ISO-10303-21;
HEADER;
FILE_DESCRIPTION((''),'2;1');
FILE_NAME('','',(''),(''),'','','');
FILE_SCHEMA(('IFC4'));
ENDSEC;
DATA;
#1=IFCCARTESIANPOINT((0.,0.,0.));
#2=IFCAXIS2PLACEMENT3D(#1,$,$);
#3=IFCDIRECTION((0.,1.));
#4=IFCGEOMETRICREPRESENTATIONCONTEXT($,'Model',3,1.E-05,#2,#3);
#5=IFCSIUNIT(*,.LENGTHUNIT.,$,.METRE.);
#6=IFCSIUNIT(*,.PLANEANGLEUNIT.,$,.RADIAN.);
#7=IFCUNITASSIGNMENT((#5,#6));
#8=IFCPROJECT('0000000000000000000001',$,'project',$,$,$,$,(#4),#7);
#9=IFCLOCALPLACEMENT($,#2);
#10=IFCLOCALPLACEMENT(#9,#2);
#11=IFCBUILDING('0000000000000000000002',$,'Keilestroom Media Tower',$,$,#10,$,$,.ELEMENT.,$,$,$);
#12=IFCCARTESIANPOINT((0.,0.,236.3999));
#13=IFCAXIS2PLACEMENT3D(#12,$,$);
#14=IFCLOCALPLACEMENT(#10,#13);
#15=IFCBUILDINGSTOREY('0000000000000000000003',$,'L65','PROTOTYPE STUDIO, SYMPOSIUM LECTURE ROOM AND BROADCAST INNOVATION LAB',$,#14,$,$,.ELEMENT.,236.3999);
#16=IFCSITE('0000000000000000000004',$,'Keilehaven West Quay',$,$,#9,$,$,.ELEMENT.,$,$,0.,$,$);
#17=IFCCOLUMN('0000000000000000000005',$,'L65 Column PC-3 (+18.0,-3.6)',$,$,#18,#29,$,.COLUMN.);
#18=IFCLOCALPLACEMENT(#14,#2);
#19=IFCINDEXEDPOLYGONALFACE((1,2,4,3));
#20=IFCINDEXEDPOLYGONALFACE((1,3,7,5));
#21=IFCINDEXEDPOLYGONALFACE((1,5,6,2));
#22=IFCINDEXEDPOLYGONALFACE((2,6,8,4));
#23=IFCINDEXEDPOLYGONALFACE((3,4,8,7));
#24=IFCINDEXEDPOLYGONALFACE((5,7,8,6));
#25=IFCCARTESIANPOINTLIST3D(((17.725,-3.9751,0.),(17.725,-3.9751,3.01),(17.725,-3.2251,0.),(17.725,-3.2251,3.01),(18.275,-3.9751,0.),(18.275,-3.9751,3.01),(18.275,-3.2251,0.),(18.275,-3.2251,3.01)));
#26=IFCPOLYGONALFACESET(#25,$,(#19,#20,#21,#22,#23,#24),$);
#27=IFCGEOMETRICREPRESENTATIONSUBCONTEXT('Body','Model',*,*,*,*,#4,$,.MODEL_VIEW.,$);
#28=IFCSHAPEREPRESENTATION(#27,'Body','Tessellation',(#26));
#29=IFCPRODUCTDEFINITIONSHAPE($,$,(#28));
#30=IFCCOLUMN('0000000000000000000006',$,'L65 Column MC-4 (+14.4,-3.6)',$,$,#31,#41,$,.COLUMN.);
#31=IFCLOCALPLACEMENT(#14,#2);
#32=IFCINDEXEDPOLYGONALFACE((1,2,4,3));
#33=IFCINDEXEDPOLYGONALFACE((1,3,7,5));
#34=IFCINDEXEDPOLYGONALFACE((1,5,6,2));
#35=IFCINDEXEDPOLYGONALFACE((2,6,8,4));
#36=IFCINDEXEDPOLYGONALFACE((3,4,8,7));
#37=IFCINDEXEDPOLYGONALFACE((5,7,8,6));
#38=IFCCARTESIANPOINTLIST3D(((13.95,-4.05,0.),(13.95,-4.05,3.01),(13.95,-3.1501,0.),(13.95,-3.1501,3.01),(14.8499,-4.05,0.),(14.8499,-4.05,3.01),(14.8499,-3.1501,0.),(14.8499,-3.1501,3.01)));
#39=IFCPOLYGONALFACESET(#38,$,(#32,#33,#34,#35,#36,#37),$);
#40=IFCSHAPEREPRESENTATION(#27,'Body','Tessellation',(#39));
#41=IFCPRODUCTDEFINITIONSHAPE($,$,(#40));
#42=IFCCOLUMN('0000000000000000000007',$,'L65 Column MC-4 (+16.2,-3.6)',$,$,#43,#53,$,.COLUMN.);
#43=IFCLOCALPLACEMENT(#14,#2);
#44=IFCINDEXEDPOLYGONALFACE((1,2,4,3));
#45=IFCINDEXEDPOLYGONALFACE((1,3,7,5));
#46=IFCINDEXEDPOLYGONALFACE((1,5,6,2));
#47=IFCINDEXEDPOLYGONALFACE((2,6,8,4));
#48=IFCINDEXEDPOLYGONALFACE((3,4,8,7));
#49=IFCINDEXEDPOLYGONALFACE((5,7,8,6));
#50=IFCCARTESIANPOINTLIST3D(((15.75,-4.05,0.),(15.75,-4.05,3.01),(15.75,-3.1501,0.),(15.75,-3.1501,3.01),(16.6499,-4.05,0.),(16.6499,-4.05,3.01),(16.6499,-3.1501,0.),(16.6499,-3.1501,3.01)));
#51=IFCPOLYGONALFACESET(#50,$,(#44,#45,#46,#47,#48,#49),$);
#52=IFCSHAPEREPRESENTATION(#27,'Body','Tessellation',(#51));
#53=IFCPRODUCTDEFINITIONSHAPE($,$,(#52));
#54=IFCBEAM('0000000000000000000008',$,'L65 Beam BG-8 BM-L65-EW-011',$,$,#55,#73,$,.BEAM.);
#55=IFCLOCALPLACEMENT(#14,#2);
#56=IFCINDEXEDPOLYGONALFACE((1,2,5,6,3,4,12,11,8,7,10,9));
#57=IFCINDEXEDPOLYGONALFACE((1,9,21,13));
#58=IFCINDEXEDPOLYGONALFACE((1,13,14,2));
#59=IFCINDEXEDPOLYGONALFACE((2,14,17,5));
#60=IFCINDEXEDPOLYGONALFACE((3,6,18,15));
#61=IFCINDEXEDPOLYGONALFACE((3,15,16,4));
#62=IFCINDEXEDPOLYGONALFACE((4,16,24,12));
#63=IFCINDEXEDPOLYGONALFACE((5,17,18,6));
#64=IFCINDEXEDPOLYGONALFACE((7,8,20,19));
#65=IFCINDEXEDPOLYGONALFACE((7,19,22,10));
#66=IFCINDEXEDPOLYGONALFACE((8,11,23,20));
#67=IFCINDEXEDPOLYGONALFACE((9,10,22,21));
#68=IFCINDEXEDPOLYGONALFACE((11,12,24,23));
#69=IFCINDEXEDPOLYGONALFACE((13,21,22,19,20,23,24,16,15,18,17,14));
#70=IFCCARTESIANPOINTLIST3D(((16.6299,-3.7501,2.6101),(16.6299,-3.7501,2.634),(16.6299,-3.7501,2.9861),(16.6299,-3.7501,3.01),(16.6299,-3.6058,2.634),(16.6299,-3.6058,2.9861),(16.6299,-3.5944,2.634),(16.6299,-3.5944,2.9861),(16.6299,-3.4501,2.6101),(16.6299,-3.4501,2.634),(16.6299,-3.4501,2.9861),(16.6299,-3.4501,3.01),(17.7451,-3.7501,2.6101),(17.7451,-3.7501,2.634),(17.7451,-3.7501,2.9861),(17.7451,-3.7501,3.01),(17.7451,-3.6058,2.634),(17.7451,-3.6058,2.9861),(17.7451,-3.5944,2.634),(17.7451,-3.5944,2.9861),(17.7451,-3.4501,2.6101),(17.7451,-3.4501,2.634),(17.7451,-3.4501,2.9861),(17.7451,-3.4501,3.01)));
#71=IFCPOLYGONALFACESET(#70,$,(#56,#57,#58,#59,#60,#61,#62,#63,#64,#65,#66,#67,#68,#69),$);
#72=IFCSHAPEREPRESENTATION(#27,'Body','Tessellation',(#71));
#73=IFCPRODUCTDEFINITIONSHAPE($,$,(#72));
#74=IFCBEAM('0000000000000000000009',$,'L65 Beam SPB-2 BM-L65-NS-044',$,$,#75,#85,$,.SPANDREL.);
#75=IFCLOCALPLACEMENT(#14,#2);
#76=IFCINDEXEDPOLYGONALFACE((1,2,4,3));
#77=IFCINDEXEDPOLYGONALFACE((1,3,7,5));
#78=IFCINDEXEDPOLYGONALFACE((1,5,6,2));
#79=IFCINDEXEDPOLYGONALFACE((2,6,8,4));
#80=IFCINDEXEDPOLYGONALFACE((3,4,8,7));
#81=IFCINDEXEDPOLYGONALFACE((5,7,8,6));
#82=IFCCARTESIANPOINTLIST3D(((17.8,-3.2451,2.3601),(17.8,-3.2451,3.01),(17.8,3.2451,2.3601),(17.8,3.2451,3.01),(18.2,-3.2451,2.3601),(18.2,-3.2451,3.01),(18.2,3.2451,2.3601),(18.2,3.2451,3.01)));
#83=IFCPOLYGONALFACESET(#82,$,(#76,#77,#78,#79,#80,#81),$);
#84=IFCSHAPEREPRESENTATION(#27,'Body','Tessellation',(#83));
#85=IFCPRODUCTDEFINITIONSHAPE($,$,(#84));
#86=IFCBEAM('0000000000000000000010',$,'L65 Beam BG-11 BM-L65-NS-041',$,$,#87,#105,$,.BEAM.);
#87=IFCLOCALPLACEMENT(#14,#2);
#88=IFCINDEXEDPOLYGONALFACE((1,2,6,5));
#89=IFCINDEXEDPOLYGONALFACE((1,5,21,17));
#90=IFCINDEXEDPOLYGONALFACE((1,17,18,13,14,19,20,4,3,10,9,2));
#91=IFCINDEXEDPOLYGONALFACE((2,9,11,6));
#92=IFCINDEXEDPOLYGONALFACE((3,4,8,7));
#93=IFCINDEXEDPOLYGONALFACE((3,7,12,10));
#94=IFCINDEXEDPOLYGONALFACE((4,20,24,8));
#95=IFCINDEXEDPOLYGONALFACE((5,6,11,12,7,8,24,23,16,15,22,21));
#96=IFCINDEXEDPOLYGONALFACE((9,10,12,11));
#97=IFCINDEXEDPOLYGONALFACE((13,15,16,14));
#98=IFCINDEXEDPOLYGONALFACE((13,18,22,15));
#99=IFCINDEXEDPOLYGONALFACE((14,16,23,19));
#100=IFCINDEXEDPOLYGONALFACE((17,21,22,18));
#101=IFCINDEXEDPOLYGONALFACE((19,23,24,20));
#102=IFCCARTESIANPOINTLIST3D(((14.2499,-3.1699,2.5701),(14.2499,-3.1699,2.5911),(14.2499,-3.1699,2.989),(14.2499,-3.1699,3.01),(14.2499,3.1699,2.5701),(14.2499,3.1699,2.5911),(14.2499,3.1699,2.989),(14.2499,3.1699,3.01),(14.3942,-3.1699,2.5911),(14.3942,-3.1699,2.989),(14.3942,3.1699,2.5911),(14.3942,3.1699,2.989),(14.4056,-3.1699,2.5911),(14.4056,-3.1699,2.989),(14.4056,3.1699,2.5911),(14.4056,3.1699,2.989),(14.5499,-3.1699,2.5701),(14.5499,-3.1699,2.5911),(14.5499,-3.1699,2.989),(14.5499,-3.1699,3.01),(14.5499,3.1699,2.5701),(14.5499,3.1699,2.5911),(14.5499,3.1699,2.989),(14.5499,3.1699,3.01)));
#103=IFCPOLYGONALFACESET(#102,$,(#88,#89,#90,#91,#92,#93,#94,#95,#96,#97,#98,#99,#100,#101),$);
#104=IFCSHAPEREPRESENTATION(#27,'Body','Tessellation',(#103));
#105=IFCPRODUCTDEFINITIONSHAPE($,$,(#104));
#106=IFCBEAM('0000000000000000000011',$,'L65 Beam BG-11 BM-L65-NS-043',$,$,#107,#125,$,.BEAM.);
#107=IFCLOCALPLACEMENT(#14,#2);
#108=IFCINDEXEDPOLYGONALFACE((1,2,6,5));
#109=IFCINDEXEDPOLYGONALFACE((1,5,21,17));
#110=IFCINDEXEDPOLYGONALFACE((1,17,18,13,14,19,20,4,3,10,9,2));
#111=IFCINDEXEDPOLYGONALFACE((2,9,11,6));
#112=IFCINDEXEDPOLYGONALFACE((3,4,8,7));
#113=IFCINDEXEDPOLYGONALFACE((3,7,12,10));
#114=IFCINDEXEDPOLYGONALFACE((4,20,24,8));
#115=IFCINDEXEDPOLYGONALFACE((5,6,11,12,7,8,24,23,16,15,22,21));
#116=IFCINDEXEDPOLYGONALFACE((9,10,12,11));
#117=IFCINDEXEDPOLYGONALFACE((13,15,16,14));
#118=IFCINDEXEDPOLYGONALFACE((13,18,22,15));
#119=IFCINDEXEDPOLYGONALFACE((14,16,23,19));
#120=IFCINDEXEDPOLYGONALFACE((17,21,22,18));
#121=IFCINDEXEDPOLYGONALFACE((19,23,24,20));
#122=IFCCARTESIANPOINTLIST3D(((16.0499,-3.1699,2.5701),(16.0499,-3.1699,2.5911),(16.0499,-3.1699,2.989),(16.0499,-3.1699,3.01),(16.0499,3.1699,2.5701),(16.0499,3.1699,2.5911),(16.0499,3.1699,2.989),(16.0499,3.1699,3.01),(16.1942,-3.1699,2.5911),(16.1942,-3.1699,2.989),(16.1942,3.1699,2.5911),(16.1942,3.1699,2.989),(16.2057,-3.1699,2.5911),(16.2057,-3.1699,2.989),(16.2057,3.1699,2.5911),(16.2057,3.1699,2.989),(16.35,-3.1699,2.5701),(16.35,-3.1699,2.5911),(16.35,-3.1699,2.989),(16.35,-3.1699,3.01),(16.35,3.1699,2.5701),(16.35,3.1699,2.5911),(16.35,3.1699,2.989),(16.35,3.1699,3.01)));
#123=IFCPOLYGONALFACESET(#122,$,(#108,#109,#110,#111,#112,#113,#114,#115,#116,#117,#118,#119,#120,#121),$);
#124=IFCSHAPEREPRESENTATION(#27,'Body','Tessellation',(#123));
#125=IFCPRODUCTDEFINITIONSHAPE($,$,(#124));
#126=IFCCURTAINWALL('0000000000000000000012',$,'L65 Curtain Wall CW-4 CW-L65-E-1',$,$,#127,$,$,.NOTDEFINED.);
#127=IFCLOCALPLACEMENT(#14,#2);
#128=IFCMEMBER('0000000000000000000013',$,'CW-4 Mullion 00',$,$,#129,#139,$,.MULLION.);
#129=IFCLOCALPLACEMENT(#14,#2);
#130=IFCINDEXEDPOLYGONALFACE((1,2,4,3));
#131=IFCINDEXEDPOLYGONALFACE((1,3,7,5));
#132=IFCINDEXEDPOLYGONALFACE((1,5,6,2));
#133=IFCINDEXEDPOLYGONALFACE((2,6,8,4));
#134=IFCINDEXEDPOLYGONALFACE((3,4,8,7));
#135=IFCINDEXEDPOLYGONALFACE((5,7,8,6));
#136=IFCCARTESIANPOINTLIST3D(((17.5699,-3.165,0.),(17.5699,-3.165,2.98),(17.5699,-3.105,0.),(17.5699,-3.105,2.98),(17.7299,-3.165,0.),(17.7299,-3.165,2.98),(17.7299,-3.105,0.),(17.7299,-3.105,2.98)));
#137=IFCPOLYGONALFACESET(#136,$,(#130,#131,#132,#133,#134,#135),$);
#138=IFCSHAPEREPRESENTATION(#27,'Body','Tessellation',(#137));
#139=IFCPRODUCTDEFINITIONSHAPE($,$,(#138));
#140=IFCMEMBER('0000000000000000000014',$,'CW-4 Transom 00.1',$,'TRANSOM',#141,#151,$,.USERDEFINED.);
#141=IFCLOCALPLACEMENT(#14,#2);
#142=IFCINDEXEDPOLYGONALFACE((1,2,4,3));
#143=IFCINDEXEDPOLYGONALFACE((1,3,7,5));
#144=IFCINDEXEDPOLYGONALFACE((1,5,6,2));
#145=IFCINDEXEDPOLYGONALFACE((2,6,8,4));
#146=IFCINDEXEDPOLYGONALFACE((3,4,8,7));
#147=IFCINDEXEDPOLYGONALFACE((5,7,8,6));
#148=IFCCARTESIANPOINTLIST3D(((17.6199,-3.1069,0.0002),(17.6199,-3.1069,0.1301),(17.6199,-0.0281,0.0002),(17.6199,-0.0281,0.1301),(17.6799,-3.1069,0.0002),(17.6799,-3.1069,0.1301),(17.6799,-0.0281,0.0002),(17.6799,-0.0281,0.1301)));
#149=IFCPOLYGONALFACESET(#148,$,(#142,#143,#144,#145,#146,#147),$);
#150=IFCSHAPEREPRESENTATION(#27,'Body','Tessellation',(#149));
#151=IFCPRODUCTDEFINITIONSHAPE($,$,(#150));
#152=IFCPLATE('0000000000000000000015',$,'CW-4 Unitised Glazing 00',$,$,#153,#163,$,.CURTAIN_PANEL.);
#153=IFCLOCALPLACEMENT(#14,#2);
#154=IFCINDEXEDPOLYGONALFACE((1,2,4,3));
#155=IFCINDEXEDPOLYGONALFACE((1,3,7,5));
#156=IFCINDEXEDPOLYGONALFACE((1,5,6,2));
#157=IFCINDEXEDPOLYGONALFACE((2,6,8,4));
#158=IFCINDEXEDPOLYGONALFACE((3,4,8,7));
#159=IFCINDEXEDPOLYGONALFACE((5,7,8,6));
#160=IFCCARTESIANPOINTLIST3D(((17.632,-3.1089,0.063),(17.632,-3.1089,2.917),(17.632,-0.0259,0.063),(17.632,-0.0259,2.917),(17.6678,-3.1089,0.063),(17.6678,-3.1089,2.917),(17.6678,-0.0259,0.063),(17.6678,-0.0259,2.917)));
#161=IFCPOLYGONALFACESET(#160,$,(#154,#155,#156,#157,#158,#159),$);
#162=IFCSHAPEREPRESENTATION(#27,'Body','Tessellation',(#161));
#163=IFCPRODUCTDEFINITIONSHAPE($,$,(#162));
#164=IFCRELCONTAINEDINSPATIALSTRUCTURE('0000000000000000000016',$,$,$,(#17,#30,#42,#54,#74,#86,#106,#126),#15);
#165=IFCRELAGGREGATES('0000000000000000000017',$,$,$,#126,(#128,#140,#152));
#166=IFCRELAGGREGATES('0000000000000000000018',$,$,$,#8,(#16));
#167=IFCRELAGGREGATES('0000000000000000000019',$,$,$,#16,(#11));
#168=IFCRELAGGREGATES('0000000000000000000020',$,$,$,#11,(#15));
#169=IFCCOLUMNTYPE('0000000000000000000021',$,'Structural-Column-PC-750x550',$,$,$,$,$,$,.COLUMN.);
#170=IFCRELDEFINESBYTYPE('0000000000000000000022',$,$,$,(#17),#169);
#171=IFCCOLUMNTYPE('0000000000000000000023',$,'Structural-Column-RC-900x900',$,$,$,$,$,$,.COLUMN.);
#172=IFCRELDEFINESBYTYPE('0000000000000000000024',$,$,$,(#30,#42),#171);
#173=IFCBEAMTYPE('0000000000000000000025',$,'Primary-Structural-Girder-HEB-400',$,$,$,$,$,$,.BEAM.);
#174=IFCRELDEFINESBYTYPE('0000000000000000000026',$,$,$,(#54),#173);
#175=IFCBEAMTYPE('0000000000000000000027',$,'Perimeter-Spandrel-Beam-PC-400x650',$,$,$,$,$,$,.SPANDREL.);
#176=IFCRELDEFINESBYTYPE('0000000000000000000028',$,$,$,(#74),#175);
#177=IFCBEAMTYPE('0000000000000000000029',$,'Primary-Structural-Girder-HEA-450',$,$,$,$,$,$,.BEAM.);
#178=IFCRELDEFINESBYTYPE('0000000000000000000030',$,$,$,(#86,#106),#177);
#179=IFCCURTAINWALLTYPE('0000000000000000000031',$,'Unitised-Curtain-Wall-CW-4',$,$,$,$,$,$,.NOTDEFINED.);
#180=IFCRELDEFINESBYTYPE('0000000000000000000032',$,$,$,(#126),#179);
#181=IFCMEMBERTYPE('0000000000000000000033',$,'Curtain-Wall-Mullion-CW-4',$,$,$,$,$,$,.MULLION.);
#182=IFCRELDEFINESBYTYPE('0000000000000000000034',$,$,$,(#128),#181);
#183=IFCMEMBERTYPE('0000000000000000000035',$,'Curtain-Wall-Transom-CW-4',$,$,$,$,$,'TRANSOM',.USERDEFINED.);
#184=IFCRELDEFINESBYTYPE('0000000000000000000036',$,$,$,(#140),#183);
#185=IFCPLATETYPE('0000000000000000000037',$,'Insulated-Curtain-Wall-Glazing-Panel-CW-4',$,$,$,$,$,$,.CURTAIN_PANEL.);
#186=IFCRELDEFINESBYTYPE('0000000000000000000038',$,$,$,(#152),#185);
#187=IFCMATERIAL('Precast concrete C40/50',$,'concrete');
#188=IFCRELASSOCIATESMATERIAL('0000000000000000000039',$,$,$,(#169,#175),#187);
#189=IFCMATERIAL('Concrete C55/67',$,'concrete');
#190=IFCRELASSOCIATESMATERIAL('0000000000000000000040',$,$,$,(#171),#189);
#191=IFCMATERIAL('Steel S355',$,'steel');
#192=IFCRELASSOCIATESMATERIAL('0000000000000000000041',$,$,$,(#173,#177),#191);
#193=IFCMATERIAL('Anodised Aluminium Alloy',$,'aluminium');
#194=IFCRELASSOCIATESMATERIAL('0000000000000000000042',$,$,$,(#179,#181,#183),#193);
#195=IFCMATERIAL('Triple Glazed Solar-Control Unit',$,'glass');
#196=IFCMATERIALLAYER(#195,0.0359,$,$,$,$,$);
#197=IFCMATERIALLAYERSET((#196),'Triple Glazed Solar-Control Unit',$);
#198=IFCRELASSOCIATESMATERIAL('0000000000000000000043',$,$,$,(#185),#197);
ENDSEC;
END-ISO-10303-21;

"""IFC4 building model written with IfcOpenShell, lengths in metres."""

from ifc_helpers import new_model, si_unit, direction, frame, origin, origin_2d, place, context, subcontext, project, spatial, rectangle, i_section, extrude, source, transform, mapped, material, layer, layer_set, material_profile, profile_set, type_object, element, aggregate, save


model = new_model("IFC4")

# Units and contexts
model_context = context("Model", 3, precision=1e-05, world=origin(), true_north=direction((0.0, 1.0)))
body_context = subcontext(model_context, "Body", "Model", "MODEL_VIEW")
ifc_project = project(units=[si_unit("LENGTHUNIT", "METRE"), si_unit("PLANEANGLEUNIT", "RADIAN")], contexts=[model_context])

# Site, building, storey
site_placement = place(None, origin())
site = spatial("IfcSite", under=ifc_project, at=site_placement, Name="Keilehaven West Quay", CompositionType="ELEMENT", RefElevation=0.0)
building_placement = place(site_placement, origin())
building = spatial("IfcBuilding", under=site, at=building_placement, Name="Keilestroom Media Tower", CompositionType="ELEMENT")
storey_placement = place(building_placement, frame((0.0, 0.0, 236.3999)))
storey = spatial("IfcBuildingStorey", under=building, at=storey_placement, Name="L65", Description="PROTOTYPE STUDIO, SYMPOSIUM LECTURE ROOM AND BROADCAST INNOVATION LAB", CompositionType="ELEMENT", Elevation=236.3999)

# Columns
ifc_material_1 = material(Name="Precast concrete C40/50", Category="concrete")
ifc_material_profile_1 = material_profile(ifc_material_1, rectangle(XDim=0.55, YDim=0.75, at=origin_2d()), Name="PC 750x550")
ifc_profile_set_1 = profile_set([ifc_material_profile_1], Name="Precast concrete C40/50")
column_type_1 = type_object("IfcColumnType", Name="Structural-Column-PC-750x550", PredefinedType="COLUMN", material=ifc_profile_set_1)
shared_shape_1 = source(origin(), body_context, "Body", "SweptSolid", [
    extrude(rectangle(XDim=0.55, YDim=0.75, at=origin_2d()), origin(), (0.0, 0.0, 1.0), 3.01),
])
column_placement = place(storey_placement, frame((18.0, -3.6001, 0.0), z_axis=(0.0, 0.0, 1.0), x_axis=(1.0, 0.0, 0.0)))
element("IfcColumn", 1, at=column_placement, inside=storey, type_object=column_type_1, Name="L65 Column PC-3 (+18.0,-3.6)", PredefinedType="COLUMN", context=body_context, shape_type="MappedRepresentation", body=[
    mapped(shared_shape_1, transform((0.0, 0.0, 0.0), x_axis=(1.0, 0.0, 0.0), y_axis=(0.0, 1.0, 0.0), z_axis=(0.0, 0.0, 1.0), scale=1.0)),
])
ifc_material_2 = material(Name="Concrete C55/67", Category="concrete")
ifc_material_profile_2 = material_profile(ifc_material_2, rectangle(XDim=0.8999, YDim=0.8999, at=origin_2d()), Name="RC 900x900")
ifc_profile_set_2 = profile_set([ifc_material_profile_2], Name="Concrete C55/67")
column_type_2 = type_object("IfcColumnType", Name="Structural-Column-RC-900x900", PredefinedType="COLUMN", material=ifc_profile_set_2)
shared_shape_2 = source(origin(), body_context, "Body", "SweptSolid", [
    extrude(rectangle(XDim=0.8999, YDim=0.8999, at=origin_2d()), origin(), (0.0, 0.0, 1.0), 3.01),
])
for number, where, z_axis, x_axis, name in (
    (2, (14.3999, -3.6001, 0.0), (0.0, 0.0, 1.0), (1.0, 0.0, 0.0), "L65 Column MC-4 (+14.4,-3.6)"),
    (3, (16.2, -3.6001, 0.0), (0.0, 0.0, 1.0), (1.0, 0.0, 0.0), "L65 Column MC-4 (+16.2,-3.6)"),
):
    element("IfcColumn", number, at=place(storey_placement, frame(where, z_axis=z_axis, x_axis=x_axis)), inside=storey, type_object=column_type_2, Name=name, PredefinedType="COLUMN", context=body_context, shape_type="MappedRepresentation", body=[
        mapped(shared_shape_2, transform((0.0, 0.0, 0.0), x_axis=(1.0, 0.0, 0.0), y_axis=(0.0, 1.0, 0.0), z_axis=(0.0, 0.0, 1.0), scale=1.0)),
    ])

# Beams
ifc_material_3 = material(Name="Steel S355", Category="steel")
ifc_material_profile_3 = material_profile(ifc_material_3, i_section(OverallWidth=0.3, OverallDepth=0.3999, WebThickness=0.0115, FlangeThickness=0.0239, at=origin_2d()), Name="HEB 400")
ifc_profile_set_3 = profile_set([ifc_material_profile_3], Name="Steel S355")
beam_type_1 = type_object("IfcBeamType", Name="Primary-Structural-Girder-HEB-400", PredefinedType="BEAM", material=ifc_profile_set_3)
shared_shape_3 = source(origin(), body_context, "Body", "SweptSolid", [
    extrude(i_section(OverallWidth=0.3, OverallDepth=0.3999, WebThickness=0.0115, FlangeThickness=0.0239, at=origin_2d()), origin(), (0.0, 0.0, 1.0), 1.1152),
])
beam_1_placement = place(storey_placement, frame((16.6299, -3.6001, 2.8101), z_axis=(1.0, 0.0, 0.0), x_axis=(0.0, 1.0, 0.0)))
element("IfcBeam", 4, at=beam_1_placement, inside=storey, type_object=beam_type_1, Name="L65 Beam BG-8 BM-L65-EW-011", PredefinedType="BEAM", context=body_context, shape_type="MappedRepresentation", body=[
    mapped(shared_shape_3, transform((0.0, 0.0, 0.0), x_axis=(1.0, 0.0, 0.0), y_axis=(0.0, 1.0, 0.0), z_axis=(0.0, 0.0, 1.0), scale=1.0)),
])
ifc_material_profile_4 = material_profile(ifc_material_1, rectangle(XDim=0.3999, YDim=0.6499, at=origin_2d()), Name="PC 400x650")
ifc_profile_set_4 = profile_set([ifc_material_profile_4], Name="Precast concrete C40/50")
beam_type_2 = type_object("IfcBeamType", Name="Perimeter-Spandrel-Beam-PC-400x650", PredefinedType="SPANDREL", material=ifc_profile_set_4)
shared_shape_4 = source(origin(), body_context, "Body", "SweptSolid", [
    extrude(rectangle(XDim=0.3999, YDim=0.6499, at=origin_2d()), origin(), (0.0, 0.0, 1.0), 6.4902),
])
beam_2_placement = place(storey_placement, frame((18.0, -3.2451, 2.6851), z_axis=(0.0, 1.0, 0.0), x_axis=(-1.0, 0.0, 0.0)))
element("IfcBeam", 5, at=beam_2_placement, inside=storey, type_object=beam_type_2, Name="L65 Beam SPB-2 BM-L65-NS-044", PredefinedType="SPANDREL", context=body_context, shape_type="MappedRepresentation", body=[
    mapped(shared_shape_4, transform((0.0, 0.0, 0.0), x_axis=(1.0, 0.0, 0.0), y_axis=(0.0, 1.0, 0.0), z_axis=(0.0, 0.0, 1.0), scale=1.0)),
])
ifc_material_profile_5 = material_profile(ifc_material_3, i_section(OverallWidth=0.3, OverallDepth=0.4399, WebThickness=0.0115, FlangeThickness=0.021, at=origin_2d()), Name="HEA 450")
ifc_profile_set_5 = profile_set([ifc_material_profile_5], Name="Steel S355")
beam_type_3 = type_object("IfcBeamType", Name="Primary-Structural-Girder-HEA-450", PredefinedType="BEAM", material=ifc_profile_set_5)
shared_shape_5 = source(origin(), body_context, "Body", "SweptSolid", [
    extrude(i_section(OverallWidth=0.3, OverallDepth=0.4399, WebThickness=0.0115, FlangeThickness=0.021, at=origin_2d()), origin(), (0.0, 0.0, 1.0), 6.3398),
])
for number, where, z_axis, x_axis, name in (
    (6, (14.3999, -3.1699, 2.79), (0.0, 1.0, 0.0), (-1.0, 0.0, 0.0), "L65 Beam BG-11 BM-L65-NS-041"),
    (7, (16.2, -3.1699, 2.79), (0.0, 1.0, 0.0), (-1.0, 0.0, 0.0), "L65 Beam BG-11 BM-L65-NS-043"),
):
    element("IfcBeam", number, at=place(storey_placement, frame(where, z_axis=z_axis, x_axis=x_axis)), inside=storey, type_object=beam_type_3, Name=name, PredefinedType="BEAM", context=body_context, shape_type="MappedRepresentation", body=[
        mapped(shared_shape_5, transform((0.0, 0.0, 0.0), x_axis=(1.0, 0.0, 0.0), y_axis=(0.0, 1.0, 0.0), z_axis=(0.0, 0.0, 1.0), scale=1.0)),
    ])

# Curtain wall, members, plate
ifc_material_4 = material(Name="Anodised Aluminium Alloy", Category="aluminium")
curtain_wall_type = type_object("IfcCurtainWallType", Name="Unitised-Curtain-Wall-CW-4", PredefinedType="NOTDEFINED", material=ifc_material_4)
curtain_wall_placement = place(storey_placement, origin())
curtain_wall = element("IfcCurtainWall", 8, at=curtain_wall_placement, inside=storey, type_object=curtain_wall_type, Name="L65 Curtain Wall CW-4 CW-L65-E-1", PredefinedType="NOTDEFINED")
ifc_material_profile_6 = material_profile(ifc_material_4, rectangle(XDim=0.0601, YDim=0.1599, at=origin_2d()), Name="ALU MULLION 60x160")
ifc_profile_set_6 = profile_set([ifc_material_profile_6], Name="Anodised Aluminium Alloy")
member_type_1 = type_object("IfcMemberType", Name="Curtain-Wall-Mullion-CW-4", PredefinedType="MULLION", material=ifc_profile_set_6)
shared_shape_6 = source(origin(), body_context, "Body", "SweptSolid", [
    extrude(rectangle(XDim=0.0601, YDim=0.1599, at=origin_2d()), origin(), (0.0, 0.0, 1.0), 2.98),
])
member_1_placement = place(storey_placement, frame((17.6499, -3.135, 0.0), z_axis=(0.0, 0.0, 1.0), x_axis=(0.0, 1.0, 0.0)))
member_1 = element("IfcMember", 9, at=member_1_placement, type_object=member_type_1, Name="CW-4 Mullion 00", PredefinedType="MULLION", context=body_context, shape_type="MappedRepresentation", body=[
    mapped(shared_shape_6, transform((0.0, 0.0, 0.0), x_axis=(1.0, 0.0, 0.0), y_axis=(0.0, 1.0, 0.0), z_axis=(0.0, 0.0, 1.0), scale=1.0)),
])
ifc_material_profile_7 = material_profile(ifc_material_4, rectangle(XDim=0.0601, YDim=0.1299, at=origin_2d()), Name="ALU TRANSOM 60x130")
ifc_profile_set_7 = profile_set([ifc_material_profile_7], Name="Anodised Aluminium Alloy")
member_type_2 = type_object("IfcMemberType", Name="Curtain-Wall-Transom-CW-4", ElementType="TRANSOM", PredefinedType="USERDEFINED", material=ifc_profile_set_7)
shared_shape_7 = source(origin(), body_context, "Body", "SweptSolid", [
    extrude(rectangle(XDim=0.0601, YDim=0.1299, at=origin_2d()), origin(), (0.0, 0.0, 1.0), 3.0789),
])
member_2_placement = place(storey_placement, frame((17.6499, -3.1069, 0.0652), z_axis=(0.0, 1.0, 0.0), x_axis=(-1.0, 0.0, 0.0)))
member_2 = element("IfcMember", 10, at=member_2_placement, type_object=member_type_2, Name="CW-4 Transom 00.1", ObjectType="TRANSOM", PredefinedType="USERDEFINED", context=body_context, shape_type="MappedRepresentation", body=[
    mapped(shared_shape_7, transform((0.0, 0.0, 0.0), x_axis=(1.0, 0.0, 0.0), y_axis=(0.0, 1.0, 0.0), z_axis=(0.0, 0.0, 1.0), scale=1.0)),
])
ifc_material_5 = material(Name="Triple Glazed Solar-Control Unit", Category="glass")
ifc_layer_1 = layer(ifc_material_5, 0.0359)
ifc_layer_set_1 = layer_set([ifc_layer_1], Name="Triple Glazed Solar-Control Unit")
plate_type = type_object("IfcPlateType", Name="Insulated-Curtain-Wall-Glazing-Panel-CW-4", PredefinedType="CURTAIN_PANEL", material=ifc_layer_set_1)
shared_shape_8 = source(origin(), body_context, "Body", "SweptSolid", [
    extrude(rectangle(XDim=3.083, YDim=0.0359, at=origin_2d()), origin(), (0.0, 0.0, 1.0), 2.854),
])
plate_placement = place(storey_placement, frame((17.6499, -1.5674, 0.063), z_axis=(0.0, 0.0, 1.0), x_axis=(0.0, 1.0, 0.0)))
plate = element("IfcPlate", 11, at=plate_placement, type_object=plate_type, Name="CW-4 Unitised Glazing 00", PredefinedType="CURTAIN_PANEL", context=body_context, shape_type="MappedRepresentation", body=[
    mapped(shared_shape_8, transform((0.0, 0.0, 0.0), x_axis=(1.0, 0.0, 0.0), y_axis=(0.0, 1.0, 0.0), z_axis=(0.0, 0.0, 1.0), scale=1.0)),
])
aggregate(curtain_wall, [member_1, member_2, plate])

save(model, "model.ifc")
